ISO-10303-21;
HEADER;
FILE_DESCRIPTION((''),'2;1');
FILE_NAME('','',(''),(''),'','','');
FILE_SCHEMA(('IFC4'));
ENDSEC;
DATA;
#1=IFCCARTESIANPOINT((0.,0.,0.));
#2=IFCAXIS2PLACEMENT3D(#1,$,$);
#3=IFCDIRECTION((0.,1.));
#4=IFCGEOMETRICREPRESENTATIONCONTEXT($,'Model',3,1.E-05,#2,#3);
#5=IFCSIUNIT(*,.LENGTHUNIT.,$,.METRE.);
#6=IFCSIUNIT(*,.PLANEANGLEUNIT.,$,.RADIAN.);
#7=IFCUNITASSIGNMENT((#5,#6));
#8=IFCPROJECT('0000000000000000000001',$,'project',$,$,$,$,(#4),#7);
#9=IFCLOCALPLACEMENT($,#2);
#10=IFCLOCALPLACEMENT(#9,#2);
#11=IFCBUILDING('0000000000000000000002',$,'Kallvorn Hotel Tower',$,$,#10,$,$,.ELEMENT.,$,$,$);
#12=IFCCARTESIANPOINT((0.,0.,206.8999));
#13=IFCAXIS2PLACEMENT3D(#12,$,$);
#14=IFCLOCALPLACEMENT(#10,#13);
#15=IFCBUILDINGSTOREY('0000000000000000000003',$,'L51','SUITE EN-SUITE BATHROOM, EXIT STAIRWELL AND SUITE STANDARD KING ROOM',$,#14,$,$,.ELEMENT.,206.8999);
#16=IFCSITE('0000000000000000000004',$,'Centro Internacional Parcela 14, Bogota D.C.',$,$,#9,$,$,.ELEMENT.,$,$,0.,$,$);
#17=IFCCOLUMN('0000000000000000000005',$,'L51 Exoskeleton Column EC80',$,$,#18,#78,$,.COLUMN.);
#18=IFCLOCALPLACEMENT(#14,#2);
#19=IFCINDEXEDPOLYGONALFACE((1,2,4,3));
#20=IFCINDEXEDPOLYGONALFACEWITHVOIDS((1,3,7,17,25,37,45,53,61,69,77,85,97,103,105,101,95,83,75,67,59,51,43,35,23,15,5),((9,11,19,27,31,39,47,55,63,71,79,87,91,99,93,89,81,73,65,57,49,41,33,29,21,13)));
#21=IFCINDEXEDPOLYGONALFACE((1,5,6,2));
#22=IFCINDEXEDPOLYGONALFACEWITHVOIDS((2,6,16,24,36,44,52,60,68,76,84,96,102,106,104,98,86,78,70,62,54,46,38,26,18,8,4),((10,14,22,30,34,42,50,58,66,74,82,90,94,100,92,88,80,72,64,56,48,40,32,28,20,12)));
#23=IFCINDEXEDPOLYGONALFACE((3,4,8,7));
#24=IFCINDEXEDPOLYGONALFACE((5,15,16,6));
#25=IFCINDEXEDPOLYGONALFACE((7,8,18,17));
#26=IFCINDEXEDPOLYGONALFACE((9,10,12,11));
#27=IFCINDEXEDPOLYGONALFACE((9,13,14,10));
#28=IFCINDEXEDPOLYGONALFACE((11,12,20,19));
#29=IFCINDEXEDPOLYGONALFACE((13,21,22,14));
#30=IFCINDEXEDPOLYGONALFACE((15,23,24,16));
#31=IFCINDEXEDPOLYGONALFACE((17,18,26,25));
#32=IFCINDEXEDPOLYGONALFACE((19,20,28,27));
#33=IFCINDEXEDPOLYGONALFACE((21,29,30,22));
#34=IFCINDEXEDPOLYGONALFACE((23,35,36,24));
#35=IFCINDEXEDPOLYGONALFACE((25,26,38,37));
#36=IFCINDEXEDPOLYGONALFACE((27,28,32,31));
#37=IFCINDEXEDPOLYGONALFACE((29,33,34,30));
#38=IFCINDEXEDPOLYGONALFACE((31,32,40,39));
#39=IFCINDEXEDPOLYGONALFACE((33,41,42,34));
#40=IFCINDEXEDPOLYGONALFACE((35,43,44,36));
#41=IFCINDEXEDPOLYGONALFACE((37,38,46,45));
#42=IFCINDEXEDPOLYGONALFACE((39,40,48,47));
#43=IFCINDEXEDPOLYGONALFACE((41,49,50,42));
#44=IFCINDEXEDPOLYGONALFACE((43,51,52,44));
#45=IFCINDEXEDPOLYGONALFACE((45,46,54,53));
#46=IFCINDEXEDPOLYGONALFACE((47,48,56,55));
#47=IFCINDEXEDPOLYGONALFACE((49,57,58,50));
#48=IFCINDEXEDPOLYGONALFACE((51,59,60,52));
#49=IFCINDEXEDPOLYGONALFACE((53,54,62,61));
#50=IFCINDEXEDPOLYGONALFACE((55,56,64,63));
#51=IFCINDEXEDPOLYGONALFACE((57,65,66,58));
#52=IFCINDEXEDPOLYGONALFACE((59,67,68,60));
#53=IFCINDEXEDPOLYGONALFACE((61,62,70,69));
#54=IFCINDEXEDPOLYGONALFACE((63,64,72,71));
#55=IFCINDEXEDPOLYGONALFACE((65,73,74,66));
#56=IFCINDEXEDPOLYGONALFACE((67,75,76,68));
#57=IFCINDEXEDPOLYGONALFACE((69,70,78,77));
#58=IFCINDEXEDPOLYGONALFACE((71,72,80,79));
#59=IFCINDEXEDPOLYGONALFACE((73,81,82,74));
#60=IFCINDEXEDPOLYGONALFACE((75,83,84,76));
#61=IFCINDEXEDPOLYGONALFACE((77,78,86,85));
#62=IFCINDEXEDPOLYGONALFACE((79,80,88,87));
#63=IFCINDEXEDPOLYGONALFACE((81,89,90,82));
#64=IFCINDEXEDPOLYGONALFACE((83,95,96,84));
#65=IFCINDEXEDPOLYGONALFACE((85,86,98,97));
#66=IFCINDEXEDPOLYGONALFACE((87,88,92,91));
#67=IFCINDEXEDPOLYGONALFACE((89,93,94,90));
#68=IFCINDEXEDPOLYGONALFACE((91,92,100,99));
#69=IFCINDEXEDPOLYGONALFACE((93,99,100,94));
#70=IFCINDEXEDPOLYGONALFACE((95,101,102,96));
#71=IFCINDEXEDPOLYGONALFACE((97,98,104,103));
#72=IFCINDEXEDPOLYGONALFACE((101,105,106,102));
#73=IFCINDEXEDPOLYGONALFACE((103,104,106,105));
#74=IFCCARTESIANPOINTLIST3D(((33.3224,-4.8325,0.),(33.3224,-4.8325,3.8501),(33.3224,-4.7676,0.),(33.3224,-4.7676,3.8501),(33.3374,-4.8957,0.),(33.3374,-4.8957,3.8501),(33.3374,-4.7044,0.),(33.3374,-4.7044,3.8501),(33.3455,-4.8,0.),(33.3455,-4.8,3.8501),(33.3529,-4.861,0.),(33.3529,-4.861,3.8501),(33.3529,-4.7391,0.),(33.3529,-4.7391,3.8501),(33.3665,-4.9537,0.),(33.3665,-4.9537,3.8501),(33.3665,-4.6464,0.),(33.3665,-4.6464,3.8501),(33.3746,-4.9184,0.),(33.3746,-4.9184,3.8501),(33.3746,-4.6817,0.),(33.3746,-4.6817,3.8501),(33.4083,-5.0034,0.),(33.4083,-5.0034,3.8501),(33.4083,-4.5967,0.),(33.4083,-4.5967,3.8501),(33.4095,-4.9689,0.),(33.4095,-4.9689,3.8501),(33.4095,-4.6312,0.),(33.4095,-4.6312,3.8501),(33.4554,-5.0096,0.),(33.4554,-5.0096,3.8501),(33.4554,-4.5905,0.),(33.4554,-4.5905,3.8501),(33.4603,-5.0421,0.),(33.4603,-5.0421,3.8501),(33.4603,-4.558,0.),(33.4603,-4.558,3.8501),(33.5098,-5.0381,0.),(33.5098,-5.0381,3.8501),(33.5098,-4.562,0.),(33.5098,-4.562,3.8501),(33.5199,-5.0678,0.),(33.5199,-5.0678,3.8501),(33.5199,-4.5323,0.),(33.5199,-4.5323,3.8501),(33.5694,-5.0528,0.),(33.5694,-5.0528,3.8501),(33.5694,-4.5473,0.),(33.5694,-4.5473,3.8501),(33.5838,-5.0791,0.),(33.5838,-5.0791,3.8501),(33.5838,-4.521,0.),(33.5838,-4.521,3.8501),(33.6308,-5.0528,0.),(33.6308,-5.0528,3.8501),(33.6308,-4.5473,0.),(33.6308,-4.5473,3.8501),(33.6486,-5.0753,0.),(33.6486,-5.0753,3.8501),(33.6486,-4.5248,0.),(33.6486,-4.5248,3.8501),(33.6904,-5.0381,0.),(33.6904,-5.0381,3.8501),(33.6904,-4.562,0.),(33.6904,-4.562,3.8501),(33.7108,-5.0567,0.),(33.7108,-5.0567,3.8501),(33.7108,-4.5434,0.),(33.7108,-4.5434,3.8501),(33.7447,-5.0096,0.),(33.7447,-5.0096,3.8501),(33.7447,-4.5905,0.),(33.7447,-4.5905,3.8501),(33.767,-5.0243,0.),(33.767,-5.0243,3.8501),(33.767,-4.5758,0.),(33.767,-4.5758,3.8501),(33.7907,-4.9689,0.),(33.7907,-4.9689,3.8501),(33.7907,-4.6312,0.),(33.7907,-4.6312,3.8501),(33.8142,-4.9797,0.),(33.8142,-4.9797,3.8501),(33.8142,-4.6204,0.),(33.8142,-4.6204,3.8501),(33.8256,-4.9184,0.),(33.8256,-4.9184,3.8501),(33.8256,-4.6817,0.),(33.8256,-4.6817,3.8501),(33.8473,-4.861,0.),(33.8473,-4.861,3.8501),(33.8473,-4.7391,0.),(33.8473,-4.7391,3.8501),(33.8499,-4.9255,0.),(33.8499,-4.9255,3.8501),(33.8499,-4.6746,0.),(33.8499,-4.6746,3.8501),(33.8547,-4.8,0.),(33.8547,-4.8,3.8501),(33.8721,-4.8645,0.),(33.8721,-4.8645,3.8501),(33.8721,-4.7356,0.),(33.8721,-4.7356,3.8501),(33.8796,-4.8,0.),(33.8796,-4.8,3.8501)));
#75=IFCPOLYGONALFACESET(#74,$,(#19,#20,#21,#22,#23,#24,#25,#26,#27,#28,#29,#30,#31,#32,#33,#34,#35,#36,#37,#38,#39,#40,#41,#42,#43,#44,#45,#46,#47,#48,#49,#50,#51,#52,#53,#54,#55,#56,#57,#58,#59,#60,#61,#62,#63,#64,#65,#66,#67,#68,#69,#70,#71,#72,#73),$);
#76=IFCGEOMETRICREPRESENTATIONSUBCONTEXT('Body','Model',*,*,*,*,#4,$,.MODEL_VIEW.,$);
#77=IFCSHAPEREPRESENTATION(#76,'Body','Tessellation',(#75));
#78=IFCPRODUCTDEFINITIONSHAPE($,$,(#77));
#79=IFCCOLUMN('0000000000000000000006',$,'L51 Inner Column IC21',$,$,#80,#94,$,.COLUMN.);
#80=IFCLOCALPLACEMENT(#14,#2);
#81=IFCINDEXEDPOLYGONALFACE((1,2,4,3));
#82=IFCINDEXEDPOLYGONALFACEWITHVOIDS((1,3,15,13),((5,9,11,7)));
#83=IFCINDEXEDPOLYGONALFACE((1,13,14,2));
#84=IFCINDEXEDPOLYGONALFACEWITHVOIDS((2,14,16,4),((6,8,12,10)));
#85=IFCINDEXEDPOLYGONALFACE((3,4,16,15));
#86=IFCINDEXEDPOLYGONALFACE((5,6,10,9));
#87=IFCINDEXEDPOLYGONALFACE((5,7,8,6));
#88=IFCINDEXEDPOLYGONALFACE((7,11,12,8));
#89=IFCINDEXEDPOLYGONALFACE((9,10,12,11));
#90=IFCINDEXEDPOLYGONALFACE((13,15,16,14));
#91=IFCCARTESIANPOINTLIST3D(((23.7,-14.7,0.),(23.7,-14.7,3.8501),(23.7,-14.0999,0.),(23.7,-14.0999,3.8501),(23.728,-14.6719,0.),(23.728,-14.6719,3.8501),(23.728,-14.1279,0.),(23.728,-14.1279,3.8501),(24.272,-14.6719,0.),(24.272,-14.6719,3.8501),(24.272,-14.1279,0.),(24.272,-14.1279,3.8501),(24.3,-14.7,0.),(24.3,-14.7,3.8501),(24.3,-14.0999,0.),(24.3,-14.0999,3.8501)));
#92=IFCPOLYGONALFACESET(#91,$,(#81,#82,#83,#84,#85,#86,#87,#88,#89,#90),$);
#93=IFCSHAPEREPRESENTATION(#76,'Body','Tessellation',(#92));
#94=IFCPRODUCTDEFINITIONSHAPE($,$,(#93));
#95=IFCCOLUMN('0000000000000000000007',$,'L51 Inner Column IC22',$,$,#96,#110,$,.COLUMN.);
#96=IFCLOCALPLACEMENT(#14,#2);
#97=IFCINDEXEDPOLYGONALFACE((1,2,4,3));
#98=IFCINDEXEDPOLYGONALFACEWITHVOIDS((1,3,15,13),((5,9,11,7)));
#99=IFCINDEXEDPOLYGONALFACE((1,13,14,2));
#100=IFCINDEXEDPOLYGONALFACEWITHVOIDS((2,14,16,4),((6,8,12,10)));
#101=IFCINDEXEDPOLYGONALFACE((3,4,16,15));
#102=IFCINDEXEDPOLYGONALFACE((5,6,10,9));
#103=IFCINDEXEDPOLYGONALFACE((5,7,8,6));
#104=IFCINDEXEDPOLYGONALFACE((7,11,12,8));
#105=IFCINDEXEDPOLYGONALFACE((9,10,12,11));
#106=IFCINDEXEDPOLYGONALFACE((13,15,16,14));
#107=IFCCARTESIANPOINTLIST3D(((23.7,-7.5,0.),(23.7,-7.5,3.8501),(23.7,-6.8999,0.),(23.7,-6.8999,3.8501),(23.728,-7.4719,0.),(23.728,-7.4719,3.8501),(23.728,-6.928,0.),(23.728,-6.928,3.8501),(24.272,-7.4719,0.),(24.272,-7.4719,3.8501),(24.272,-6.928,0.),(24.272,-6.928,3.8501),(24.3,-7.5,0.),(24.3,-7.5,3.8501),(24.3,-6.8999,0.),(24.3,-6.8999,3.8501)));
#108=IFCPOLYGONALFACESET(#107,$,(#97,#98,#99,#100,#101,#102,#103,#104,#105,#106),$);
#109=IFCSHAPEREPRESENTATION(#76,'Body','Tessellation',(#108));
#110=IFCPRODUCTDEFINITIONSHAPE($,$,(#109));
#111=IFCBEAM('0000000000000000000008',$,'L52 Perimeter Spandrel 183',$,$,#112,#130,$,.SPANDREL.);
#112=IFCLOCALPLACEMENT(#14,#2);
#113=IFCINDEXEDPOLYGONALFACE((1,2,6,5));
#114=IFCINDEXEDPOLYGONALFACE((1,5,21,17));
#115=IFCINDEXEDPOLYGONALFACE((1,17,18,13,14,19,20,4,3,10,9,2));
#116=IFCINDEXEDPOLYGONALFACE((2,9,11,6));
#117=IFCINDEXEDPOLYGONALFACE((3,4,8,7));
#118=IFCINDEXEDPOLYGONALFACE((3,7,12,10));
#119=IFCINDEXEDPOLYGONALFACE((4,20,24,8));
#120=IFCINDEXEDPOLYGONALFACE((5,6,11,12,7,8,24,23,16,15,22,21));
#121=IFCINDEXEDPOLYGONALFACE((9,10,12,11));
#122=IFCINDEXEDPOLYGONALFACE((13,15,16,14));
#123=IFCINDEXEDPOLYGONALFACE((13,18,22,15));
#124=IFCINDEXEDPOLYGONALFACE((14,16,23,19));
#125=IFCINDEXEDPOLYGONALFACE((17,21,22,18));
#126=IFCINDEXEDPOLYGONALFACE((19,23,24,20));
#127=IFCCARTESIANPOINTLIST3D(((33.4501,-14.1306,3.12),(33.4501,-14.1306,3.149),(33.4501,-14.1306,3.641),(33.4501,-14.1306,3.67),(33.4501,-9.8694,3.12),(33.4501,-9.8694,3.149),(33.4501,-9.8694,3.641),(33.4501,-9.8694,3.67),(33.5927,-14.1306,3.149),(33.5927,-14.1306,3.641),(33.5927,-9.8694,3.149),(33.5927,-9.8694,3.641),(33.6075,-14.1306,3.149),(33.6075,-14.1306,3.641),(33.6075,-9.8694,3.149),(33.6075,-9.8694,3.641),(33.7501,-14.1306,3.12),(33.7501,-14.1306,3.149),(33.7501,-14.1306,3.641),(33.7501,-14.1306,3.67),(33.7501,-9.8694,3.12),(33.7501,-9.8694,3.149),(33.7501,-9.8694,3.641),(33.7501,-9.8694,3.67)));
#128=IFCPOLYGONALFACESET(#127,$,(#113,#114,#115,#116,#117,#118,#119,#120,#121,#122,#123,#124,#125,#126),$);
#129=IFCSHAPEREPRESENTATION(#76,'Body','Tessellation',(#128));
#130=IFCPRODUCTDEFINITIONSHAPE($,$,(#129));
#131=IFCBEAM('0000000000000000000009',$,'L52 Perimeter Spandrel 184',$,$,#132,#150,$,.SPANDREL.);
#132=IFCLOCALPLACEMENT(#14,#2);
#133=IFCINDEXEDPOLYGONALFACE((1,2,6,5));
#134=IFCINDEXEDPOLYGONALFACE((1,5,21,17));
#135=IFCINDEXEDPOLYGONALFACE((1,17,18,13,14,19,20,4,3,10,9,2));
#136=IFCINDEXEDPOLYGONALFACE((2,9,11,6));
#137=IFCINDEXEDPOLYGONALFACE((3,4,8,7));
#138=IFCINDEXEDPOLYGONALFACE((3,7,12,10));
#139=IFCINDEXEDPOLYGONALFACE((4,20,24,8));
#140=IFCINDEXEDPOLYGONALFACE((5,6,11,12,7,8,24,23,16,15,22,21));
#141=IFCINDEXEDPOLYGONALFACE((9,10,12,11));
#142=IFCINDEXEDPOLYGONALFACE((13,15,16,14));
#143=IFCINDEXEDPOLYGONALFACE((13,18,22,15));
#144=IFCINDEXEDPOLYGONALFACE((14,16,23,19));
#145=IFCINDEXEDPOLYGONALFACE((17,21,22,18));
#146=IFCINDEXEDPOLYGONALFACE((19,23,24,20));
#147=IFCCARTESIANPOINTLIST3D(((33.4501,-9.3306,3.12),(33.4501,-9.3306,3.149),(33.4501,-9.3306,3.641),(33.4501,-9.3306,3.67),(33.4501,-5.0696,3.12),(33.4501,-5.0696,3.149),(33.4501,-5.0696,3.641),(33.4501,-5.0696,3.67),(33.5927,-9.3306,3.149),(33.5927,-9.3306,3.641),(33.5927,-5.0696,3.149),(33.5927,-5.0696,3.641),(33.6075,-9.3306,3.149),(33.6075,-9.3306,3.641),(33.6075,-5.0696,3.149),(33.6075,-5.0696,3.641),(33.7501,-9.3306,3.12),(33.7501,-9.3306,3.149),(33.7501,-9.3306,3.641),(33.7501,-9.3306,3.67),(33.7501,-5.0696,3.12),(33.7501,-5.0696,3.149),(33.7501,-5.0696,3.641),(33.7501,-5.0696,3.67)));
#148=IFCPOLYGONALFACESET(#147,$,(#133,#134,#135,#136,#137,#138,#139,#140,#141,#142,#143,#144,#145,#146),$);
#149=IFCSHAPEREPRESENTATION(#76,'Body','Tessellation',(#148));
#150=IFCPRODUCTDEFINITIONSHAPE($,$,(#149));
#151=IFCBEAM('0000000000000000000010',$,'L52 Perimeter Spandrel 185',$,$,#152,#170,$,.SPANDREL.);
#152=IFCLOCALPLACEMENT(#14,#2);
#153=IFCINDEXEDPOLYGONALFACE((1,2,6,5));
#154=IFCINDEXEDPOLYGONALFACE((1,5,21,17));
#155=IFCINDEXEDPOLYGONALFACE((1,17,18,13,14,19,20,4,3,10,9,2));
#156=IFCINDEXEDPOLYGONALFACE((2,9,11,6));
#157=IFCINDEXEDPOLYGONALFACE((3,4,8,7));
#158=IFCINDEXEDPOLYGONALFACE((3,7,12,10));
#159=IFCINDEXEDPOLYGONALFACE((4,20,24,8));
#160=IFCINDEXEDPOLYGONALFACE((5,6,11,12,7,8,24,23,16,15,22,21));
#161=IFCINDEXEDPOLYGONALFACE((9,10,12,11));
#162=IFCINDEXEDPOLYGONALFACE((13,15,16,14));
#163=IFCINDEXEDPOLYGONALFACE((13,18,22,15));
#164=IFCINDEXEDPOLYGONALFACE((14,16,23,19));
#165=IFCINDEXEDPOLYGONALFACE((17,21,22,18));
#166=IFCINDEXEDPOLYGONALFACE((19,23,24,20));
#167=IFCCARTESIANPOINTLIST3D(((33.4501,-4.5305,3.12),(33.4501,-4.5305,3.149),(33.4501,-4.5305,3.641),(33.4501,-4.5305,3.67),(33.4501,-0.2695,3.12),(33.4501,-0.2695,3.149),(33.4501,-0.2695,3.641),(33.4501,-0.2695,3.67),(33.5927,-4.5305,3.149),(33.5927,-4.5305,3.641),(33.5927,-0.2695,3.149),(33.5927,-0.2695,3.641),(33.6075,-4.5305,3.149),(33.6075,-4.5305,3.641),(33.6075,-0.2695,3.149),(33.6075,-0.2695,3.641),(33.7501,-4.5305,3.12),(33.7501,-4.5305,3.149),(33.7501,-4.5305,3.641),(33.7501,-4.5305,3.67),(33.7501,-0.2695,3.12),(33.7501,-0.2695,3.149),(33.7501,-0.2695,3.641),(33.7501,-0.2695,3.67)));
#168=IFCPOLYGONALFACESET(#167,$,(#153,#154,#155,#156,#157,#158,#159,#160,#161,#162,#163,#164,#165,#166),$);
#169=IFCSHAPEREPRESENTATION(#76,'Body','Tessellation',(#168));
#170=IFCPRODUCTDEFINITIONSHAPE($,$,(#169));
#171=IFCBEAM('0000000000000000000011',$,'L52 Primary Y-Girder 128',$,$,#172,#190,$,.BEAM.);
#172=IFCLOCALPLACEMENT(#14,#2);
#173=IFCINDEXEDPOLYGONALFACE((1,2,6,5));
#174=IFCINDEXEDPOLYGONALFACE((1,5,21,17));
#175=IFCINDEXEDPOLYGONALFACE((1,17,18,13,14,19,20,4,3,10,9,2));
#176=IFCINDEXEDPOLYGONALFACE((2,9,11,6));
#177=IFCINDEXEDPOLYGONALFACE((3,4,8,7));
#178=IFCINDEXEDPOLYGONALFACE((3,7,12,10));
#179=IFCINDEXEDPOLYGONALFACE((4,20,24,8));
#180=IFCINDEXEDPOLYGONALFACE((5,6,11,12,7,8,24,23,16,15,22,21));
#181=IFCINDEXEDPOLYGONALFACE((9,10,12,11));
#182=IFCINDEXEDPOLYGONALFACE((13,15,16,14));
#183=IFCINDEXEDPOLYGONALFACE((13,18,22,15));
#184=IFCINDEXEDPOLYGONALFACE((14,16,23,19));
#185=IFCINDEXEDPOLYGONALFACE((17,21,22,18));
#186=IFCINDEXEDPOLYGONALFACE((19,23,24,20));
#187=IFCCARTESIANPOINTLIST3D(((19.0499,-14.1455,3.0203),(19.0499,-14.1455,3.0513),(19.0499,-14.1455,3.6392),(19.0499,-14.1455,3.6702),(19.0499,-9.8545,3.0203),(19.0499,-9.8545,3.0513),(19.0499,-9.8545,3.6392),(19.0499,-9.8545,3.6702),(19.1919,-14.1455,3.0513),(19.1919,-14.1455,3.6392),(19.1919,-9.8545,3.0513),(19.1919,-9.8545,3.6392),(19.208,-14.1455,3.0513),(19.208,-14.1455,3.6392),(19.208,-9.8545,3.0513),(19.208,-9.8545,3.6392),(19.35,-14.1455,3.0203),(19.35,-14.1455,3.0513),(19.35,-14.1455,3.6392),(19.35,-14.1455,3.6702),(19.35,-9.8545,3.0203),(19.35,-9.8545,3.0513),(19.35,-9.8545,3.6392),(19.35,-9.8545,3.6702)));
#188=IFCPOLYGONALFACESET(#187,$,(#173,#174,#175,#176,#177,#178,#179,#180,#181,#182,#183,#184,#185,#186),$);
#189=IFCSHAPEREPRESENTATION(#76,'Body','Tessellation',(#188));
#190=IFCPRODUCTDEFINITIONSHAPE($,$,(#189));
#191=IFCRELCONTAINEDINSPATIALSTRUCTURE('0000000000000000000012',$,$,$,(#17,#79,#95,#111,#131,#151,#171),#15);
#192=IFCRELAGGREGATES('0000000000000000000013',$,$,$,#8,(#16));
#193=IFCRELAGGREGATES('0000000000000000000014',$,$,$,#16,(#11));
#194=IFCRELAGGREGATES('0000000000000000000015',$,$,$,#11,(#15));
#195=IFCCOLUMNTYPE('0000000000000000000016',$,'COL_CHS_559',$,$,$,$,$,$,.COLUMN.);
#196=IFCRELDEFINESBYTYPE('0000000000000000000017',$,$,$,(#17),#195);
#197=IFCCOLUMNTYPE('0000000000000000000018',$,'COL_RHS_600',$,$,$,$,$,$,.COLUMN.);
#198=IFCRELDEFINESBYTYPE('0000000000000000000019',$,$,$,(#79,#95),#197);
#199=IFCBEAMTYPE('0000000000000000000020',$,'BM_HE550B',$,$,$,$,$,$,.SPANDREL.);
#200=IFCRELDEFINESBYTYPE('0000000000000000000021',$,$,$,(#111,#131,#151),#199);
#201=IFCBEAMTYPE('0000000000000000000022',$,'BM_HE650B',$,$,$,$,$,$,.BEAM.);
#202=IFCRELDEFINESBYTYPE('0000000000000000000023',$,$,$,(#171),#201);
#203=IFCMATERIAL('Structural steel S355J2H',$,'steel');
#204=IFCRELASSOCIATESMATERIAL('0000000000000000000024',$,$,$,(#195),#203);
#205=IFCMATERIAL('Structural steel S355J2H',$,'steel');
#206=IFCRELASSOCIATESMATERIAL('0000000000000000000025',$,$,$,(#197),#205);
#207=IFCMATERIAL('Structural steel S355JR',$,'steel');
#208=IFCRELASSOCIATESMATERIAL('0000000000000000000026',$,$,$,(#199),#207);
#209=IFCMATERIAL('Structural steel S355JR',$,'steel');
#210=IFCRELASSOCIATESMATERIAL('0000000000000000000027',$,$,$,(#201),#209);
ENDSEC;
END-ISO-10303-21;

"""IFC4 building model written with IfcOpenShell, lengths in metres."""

from ifc_helpers import new_model, si_unit, direction, frame, origin, origin_2d, place, context, subcontext, project, spatial, hollow_rectangle, hollow_circle, i_section, extrude, material, material_profile, profile_set, type_object, element, save


model = new_model("IFC4")

# Units and contexts
model_context = context("Model", 3, precision=1e-05, world=origin(), true_north=direction((0.0, 1.0)))
body_context = subcontext(model_context, "Body", "Model", "MODEL_VIEW")
ifc_project = project(units=[si_unit("LENGTHUNIT", "METRE"), si_unit("PLANEANGLEUNIT", "RADIAN")], contexts=[model_context])

# Site, building, storey
site_placement = place(None, origin())
site = spatial("IfcSite", under=ifc_project, at=site_placement, Name="Centro Internacional Parcela 14, Bogota D.C.", CompositionType="ELEMENT", RefElevation=0.0)
building_placement = place(site_placement, origin())
building = spatial("IfcBuilding", under=site, at=building_placement, Name="Kallvorn Hotel Tower", CompositionType="ELEMENT")
storey_placement = place(building_placement, frame((0.0, 0.0, 206.8999)))
storey = spatial("IfcBuildingStorey", under=building, at=storey_placement, Name="L51", Description="SUITE EN-SUITE BATHROOM, EXIT STAIRWELL AND SUITE STANDARD KING ROOM", CompositionType="ELEMENT", Elevation=206.8999)

# Columns
ifc_material_1 = material(Name="Structural steel S355J2H", Category="steel")
ifc_material_profile_1 = material_profile(ifc_material_1, hollow_circle(Radius=0.2795, WallThickness=0.0249, at=origin_2d()), Name="CHS 559x25")
ifc_profile_set_1 = profile_set([ifc_material_profile_1], Name="Structural steel S355J2H")
column_type_1 = type_object("IfcColumnType", Name="COL_CHS_559", PredefinedType="COLUMN", material=ifc_profile_set_1)
for number, where, z_axis, x_axis, name in (
    (1, (33.6001, -4.8, 0.0), (0.0, 0.0, 1.0), (1.0, 0.0, 0.0), "L51 Exoskeleton Column EC80"),
):
    element("IfcColumn", number, at=place(storey_placement, frame(where, z_axis=z_axis, x_axis=x_axis)), inside=storey, type_object=column_type_1, Name=name, PredefinedType="COLUMN", context=body_context, shape_type="SweptSolid", body=[
        extrude(hollow_circle(Radius=0.2795, WallThickness=0.0249, at=origin_2d()), origin(), (0.0, 0.0, 1.0), 3.8501),
    ])
ifc_material_2 = material(Name="Structural steel S355J2H", Category="steel")
ifc_material_profile_2 = material_profile(ifc_material_2, hollow_rectangle(XDim=0.6001, YDim=0.6001, WallThickness=0.0281, at=origin_2d()), Name="RHS 600x600x28")
ifc_profile_set_2 = profile_set([ifc_material_profile_2], Name="Structural steel S355J2H")
column_type_2 = type_object("IfcColumnType", Name="COL_RHS_600", PredefinedType="COLUMN", material=ifc_profile_set_2)
for number, where, z_axis, x_axis, name in (
    (2, (24.0, -14.3999, 0.0), (0.0, 0.0, 1.0), (1.0, 0.0, 0.0), "L51 Inner Column IC21"),
    (3, (24.0, -7.2, 0.0), (0.0, 0.0, 1.0), (1.0, 0.0, 0.0), "L51 Inner Column IC22"),
):
    element("IfcColumn", number, at=place(storey_placement, frame(where, z_axis=z_axis, x_axis=x_axis)), inside=storey, type_object=column_type_2, Name=name, PredefinedType="COLUMN", context=body_context, shape_type="SweptSolid", body=[
        extrude(hollow_rectangle(XDim=0.6001, YDim=0.6001, WallThickness=0.0281, at=origin_2d()), origin(), (0.0, 0.0, 1.0), 3.8501),
    ])

# Beams
ifc_material_3 = material(Name="Structural steel S355JR", Category="steel")
ifc_material_profile_3 = material_profile(ifc_material_3, i_section(OverallWidth=0.3, OverallDepth=0.55, WebThickness=0.0149, FlangeThickness=0.0291, at=origin_2d()), Name="HE 550 B")
ifc_profile_set_3 = profile_set([ifc_material_profile_3], Name="Structural steel S355JR")
beam_type_1 = type_object("IfcBeamType", Name="BM_HE550B", PredefinedType="SPANDREL", material=ifc_profile_set_3)
beam_1_placement = place(storey_placement, frame((33.6001, -14.1306, 3.395), z_axis=(0.0, 1.0, 0.0), x_axis=(-1.0, 0.0, 0.0)))
element("IfcBeam", 4, at=beam_1_placement, inside=storey, type_object=beam_type_1, Name="L52 Perimeter Spandrel 183", PredefinedType="SPANDREL", context=body_context, shape_type="SweptSolid", body=[
    extrude(i_section(OverallWidth=0.3, OverallDepth=0.55, WebThickness=0.0149, FlangeThickness=0.0291, at=origin_2d()), origin(), (0.0, 0.0, 1.0), 4.2612),
])
for number, where, z_axis, x_axis, name in (
    (5, (33.6001, -9.3306, 3.395), (0.0, 1.0, 0.0), (-1.0, 0.0, 0.0), "L52 Perimeter Spandrel 184"),
    (6, (33.6001, -4.5305, 3.395), (0.0, 1.0, 0.0), (-1.0, 0.0, 0.0), "L52 Perimeter Spandrel 185"),
):
    element("IfcBeam", number, at=place(storey_placement, frame(where, z_axis=z_axis, x_axis=x_axis)), inside=storey, type_object=beam_type_1, Name=name, PredefinedType="SPANDREL", context=body_context, shape_type="SweptSolid", body=[
        extrude(i_section(OverallWidth=0.3, OverallDepth=0.55, WebThickness=0.0149, FlangeThickness=0.0291, at=origin_2d()), origin(), (0.0, 0.0, 1.0), 4.261),
    ])
ifc_material_4 = material(Name="Structural steel S355JR", Category="steel")
ifc_material_profile_4 = material_profile(ifc_material_4, i_section(OverallWidth=0.3, OverallDepth=0.6499, WebThickness=0.0161, FlangeThickness=0.031, at=origin_2d()), Name="HE 650 B")
ifc_profile_set_4 = profile_set([ifc_material_profile_4], Name="Structural steel S355JR")
beam_type_2 = type_object("IfcBeamType", Name="BM_HE650B", PredefinedType="BEAM", material=ifc_profile_set_4)
for number, where, z_axis, x_axis, name in (
    (7, (19.2, -14.1455, 3.3452), (0.0, 1.0, 0.0), (-1.0, 0.0, 0.0), "L52 Primary Y-Girder 128"),
):
    element("IfcBeam", number, at=place(storey_placement, frame(where, z_axis=z_axis, x_axis=x_axis)), inside=storey, type_object=beam_type_2, Name=name, PredefinedType="BEAM", context=body_context, shape_type="SweptSolid", body=[
        extrude(i_section(OverallWidth=0.3, OverallDepth=0.6499, WebThickness=0.0161, FlangeThickness=0.031, at=origin_2d()), origin(), (0.0, 0.0, 1.0), 4.291),
    ])

save(model, "model.ifc")
